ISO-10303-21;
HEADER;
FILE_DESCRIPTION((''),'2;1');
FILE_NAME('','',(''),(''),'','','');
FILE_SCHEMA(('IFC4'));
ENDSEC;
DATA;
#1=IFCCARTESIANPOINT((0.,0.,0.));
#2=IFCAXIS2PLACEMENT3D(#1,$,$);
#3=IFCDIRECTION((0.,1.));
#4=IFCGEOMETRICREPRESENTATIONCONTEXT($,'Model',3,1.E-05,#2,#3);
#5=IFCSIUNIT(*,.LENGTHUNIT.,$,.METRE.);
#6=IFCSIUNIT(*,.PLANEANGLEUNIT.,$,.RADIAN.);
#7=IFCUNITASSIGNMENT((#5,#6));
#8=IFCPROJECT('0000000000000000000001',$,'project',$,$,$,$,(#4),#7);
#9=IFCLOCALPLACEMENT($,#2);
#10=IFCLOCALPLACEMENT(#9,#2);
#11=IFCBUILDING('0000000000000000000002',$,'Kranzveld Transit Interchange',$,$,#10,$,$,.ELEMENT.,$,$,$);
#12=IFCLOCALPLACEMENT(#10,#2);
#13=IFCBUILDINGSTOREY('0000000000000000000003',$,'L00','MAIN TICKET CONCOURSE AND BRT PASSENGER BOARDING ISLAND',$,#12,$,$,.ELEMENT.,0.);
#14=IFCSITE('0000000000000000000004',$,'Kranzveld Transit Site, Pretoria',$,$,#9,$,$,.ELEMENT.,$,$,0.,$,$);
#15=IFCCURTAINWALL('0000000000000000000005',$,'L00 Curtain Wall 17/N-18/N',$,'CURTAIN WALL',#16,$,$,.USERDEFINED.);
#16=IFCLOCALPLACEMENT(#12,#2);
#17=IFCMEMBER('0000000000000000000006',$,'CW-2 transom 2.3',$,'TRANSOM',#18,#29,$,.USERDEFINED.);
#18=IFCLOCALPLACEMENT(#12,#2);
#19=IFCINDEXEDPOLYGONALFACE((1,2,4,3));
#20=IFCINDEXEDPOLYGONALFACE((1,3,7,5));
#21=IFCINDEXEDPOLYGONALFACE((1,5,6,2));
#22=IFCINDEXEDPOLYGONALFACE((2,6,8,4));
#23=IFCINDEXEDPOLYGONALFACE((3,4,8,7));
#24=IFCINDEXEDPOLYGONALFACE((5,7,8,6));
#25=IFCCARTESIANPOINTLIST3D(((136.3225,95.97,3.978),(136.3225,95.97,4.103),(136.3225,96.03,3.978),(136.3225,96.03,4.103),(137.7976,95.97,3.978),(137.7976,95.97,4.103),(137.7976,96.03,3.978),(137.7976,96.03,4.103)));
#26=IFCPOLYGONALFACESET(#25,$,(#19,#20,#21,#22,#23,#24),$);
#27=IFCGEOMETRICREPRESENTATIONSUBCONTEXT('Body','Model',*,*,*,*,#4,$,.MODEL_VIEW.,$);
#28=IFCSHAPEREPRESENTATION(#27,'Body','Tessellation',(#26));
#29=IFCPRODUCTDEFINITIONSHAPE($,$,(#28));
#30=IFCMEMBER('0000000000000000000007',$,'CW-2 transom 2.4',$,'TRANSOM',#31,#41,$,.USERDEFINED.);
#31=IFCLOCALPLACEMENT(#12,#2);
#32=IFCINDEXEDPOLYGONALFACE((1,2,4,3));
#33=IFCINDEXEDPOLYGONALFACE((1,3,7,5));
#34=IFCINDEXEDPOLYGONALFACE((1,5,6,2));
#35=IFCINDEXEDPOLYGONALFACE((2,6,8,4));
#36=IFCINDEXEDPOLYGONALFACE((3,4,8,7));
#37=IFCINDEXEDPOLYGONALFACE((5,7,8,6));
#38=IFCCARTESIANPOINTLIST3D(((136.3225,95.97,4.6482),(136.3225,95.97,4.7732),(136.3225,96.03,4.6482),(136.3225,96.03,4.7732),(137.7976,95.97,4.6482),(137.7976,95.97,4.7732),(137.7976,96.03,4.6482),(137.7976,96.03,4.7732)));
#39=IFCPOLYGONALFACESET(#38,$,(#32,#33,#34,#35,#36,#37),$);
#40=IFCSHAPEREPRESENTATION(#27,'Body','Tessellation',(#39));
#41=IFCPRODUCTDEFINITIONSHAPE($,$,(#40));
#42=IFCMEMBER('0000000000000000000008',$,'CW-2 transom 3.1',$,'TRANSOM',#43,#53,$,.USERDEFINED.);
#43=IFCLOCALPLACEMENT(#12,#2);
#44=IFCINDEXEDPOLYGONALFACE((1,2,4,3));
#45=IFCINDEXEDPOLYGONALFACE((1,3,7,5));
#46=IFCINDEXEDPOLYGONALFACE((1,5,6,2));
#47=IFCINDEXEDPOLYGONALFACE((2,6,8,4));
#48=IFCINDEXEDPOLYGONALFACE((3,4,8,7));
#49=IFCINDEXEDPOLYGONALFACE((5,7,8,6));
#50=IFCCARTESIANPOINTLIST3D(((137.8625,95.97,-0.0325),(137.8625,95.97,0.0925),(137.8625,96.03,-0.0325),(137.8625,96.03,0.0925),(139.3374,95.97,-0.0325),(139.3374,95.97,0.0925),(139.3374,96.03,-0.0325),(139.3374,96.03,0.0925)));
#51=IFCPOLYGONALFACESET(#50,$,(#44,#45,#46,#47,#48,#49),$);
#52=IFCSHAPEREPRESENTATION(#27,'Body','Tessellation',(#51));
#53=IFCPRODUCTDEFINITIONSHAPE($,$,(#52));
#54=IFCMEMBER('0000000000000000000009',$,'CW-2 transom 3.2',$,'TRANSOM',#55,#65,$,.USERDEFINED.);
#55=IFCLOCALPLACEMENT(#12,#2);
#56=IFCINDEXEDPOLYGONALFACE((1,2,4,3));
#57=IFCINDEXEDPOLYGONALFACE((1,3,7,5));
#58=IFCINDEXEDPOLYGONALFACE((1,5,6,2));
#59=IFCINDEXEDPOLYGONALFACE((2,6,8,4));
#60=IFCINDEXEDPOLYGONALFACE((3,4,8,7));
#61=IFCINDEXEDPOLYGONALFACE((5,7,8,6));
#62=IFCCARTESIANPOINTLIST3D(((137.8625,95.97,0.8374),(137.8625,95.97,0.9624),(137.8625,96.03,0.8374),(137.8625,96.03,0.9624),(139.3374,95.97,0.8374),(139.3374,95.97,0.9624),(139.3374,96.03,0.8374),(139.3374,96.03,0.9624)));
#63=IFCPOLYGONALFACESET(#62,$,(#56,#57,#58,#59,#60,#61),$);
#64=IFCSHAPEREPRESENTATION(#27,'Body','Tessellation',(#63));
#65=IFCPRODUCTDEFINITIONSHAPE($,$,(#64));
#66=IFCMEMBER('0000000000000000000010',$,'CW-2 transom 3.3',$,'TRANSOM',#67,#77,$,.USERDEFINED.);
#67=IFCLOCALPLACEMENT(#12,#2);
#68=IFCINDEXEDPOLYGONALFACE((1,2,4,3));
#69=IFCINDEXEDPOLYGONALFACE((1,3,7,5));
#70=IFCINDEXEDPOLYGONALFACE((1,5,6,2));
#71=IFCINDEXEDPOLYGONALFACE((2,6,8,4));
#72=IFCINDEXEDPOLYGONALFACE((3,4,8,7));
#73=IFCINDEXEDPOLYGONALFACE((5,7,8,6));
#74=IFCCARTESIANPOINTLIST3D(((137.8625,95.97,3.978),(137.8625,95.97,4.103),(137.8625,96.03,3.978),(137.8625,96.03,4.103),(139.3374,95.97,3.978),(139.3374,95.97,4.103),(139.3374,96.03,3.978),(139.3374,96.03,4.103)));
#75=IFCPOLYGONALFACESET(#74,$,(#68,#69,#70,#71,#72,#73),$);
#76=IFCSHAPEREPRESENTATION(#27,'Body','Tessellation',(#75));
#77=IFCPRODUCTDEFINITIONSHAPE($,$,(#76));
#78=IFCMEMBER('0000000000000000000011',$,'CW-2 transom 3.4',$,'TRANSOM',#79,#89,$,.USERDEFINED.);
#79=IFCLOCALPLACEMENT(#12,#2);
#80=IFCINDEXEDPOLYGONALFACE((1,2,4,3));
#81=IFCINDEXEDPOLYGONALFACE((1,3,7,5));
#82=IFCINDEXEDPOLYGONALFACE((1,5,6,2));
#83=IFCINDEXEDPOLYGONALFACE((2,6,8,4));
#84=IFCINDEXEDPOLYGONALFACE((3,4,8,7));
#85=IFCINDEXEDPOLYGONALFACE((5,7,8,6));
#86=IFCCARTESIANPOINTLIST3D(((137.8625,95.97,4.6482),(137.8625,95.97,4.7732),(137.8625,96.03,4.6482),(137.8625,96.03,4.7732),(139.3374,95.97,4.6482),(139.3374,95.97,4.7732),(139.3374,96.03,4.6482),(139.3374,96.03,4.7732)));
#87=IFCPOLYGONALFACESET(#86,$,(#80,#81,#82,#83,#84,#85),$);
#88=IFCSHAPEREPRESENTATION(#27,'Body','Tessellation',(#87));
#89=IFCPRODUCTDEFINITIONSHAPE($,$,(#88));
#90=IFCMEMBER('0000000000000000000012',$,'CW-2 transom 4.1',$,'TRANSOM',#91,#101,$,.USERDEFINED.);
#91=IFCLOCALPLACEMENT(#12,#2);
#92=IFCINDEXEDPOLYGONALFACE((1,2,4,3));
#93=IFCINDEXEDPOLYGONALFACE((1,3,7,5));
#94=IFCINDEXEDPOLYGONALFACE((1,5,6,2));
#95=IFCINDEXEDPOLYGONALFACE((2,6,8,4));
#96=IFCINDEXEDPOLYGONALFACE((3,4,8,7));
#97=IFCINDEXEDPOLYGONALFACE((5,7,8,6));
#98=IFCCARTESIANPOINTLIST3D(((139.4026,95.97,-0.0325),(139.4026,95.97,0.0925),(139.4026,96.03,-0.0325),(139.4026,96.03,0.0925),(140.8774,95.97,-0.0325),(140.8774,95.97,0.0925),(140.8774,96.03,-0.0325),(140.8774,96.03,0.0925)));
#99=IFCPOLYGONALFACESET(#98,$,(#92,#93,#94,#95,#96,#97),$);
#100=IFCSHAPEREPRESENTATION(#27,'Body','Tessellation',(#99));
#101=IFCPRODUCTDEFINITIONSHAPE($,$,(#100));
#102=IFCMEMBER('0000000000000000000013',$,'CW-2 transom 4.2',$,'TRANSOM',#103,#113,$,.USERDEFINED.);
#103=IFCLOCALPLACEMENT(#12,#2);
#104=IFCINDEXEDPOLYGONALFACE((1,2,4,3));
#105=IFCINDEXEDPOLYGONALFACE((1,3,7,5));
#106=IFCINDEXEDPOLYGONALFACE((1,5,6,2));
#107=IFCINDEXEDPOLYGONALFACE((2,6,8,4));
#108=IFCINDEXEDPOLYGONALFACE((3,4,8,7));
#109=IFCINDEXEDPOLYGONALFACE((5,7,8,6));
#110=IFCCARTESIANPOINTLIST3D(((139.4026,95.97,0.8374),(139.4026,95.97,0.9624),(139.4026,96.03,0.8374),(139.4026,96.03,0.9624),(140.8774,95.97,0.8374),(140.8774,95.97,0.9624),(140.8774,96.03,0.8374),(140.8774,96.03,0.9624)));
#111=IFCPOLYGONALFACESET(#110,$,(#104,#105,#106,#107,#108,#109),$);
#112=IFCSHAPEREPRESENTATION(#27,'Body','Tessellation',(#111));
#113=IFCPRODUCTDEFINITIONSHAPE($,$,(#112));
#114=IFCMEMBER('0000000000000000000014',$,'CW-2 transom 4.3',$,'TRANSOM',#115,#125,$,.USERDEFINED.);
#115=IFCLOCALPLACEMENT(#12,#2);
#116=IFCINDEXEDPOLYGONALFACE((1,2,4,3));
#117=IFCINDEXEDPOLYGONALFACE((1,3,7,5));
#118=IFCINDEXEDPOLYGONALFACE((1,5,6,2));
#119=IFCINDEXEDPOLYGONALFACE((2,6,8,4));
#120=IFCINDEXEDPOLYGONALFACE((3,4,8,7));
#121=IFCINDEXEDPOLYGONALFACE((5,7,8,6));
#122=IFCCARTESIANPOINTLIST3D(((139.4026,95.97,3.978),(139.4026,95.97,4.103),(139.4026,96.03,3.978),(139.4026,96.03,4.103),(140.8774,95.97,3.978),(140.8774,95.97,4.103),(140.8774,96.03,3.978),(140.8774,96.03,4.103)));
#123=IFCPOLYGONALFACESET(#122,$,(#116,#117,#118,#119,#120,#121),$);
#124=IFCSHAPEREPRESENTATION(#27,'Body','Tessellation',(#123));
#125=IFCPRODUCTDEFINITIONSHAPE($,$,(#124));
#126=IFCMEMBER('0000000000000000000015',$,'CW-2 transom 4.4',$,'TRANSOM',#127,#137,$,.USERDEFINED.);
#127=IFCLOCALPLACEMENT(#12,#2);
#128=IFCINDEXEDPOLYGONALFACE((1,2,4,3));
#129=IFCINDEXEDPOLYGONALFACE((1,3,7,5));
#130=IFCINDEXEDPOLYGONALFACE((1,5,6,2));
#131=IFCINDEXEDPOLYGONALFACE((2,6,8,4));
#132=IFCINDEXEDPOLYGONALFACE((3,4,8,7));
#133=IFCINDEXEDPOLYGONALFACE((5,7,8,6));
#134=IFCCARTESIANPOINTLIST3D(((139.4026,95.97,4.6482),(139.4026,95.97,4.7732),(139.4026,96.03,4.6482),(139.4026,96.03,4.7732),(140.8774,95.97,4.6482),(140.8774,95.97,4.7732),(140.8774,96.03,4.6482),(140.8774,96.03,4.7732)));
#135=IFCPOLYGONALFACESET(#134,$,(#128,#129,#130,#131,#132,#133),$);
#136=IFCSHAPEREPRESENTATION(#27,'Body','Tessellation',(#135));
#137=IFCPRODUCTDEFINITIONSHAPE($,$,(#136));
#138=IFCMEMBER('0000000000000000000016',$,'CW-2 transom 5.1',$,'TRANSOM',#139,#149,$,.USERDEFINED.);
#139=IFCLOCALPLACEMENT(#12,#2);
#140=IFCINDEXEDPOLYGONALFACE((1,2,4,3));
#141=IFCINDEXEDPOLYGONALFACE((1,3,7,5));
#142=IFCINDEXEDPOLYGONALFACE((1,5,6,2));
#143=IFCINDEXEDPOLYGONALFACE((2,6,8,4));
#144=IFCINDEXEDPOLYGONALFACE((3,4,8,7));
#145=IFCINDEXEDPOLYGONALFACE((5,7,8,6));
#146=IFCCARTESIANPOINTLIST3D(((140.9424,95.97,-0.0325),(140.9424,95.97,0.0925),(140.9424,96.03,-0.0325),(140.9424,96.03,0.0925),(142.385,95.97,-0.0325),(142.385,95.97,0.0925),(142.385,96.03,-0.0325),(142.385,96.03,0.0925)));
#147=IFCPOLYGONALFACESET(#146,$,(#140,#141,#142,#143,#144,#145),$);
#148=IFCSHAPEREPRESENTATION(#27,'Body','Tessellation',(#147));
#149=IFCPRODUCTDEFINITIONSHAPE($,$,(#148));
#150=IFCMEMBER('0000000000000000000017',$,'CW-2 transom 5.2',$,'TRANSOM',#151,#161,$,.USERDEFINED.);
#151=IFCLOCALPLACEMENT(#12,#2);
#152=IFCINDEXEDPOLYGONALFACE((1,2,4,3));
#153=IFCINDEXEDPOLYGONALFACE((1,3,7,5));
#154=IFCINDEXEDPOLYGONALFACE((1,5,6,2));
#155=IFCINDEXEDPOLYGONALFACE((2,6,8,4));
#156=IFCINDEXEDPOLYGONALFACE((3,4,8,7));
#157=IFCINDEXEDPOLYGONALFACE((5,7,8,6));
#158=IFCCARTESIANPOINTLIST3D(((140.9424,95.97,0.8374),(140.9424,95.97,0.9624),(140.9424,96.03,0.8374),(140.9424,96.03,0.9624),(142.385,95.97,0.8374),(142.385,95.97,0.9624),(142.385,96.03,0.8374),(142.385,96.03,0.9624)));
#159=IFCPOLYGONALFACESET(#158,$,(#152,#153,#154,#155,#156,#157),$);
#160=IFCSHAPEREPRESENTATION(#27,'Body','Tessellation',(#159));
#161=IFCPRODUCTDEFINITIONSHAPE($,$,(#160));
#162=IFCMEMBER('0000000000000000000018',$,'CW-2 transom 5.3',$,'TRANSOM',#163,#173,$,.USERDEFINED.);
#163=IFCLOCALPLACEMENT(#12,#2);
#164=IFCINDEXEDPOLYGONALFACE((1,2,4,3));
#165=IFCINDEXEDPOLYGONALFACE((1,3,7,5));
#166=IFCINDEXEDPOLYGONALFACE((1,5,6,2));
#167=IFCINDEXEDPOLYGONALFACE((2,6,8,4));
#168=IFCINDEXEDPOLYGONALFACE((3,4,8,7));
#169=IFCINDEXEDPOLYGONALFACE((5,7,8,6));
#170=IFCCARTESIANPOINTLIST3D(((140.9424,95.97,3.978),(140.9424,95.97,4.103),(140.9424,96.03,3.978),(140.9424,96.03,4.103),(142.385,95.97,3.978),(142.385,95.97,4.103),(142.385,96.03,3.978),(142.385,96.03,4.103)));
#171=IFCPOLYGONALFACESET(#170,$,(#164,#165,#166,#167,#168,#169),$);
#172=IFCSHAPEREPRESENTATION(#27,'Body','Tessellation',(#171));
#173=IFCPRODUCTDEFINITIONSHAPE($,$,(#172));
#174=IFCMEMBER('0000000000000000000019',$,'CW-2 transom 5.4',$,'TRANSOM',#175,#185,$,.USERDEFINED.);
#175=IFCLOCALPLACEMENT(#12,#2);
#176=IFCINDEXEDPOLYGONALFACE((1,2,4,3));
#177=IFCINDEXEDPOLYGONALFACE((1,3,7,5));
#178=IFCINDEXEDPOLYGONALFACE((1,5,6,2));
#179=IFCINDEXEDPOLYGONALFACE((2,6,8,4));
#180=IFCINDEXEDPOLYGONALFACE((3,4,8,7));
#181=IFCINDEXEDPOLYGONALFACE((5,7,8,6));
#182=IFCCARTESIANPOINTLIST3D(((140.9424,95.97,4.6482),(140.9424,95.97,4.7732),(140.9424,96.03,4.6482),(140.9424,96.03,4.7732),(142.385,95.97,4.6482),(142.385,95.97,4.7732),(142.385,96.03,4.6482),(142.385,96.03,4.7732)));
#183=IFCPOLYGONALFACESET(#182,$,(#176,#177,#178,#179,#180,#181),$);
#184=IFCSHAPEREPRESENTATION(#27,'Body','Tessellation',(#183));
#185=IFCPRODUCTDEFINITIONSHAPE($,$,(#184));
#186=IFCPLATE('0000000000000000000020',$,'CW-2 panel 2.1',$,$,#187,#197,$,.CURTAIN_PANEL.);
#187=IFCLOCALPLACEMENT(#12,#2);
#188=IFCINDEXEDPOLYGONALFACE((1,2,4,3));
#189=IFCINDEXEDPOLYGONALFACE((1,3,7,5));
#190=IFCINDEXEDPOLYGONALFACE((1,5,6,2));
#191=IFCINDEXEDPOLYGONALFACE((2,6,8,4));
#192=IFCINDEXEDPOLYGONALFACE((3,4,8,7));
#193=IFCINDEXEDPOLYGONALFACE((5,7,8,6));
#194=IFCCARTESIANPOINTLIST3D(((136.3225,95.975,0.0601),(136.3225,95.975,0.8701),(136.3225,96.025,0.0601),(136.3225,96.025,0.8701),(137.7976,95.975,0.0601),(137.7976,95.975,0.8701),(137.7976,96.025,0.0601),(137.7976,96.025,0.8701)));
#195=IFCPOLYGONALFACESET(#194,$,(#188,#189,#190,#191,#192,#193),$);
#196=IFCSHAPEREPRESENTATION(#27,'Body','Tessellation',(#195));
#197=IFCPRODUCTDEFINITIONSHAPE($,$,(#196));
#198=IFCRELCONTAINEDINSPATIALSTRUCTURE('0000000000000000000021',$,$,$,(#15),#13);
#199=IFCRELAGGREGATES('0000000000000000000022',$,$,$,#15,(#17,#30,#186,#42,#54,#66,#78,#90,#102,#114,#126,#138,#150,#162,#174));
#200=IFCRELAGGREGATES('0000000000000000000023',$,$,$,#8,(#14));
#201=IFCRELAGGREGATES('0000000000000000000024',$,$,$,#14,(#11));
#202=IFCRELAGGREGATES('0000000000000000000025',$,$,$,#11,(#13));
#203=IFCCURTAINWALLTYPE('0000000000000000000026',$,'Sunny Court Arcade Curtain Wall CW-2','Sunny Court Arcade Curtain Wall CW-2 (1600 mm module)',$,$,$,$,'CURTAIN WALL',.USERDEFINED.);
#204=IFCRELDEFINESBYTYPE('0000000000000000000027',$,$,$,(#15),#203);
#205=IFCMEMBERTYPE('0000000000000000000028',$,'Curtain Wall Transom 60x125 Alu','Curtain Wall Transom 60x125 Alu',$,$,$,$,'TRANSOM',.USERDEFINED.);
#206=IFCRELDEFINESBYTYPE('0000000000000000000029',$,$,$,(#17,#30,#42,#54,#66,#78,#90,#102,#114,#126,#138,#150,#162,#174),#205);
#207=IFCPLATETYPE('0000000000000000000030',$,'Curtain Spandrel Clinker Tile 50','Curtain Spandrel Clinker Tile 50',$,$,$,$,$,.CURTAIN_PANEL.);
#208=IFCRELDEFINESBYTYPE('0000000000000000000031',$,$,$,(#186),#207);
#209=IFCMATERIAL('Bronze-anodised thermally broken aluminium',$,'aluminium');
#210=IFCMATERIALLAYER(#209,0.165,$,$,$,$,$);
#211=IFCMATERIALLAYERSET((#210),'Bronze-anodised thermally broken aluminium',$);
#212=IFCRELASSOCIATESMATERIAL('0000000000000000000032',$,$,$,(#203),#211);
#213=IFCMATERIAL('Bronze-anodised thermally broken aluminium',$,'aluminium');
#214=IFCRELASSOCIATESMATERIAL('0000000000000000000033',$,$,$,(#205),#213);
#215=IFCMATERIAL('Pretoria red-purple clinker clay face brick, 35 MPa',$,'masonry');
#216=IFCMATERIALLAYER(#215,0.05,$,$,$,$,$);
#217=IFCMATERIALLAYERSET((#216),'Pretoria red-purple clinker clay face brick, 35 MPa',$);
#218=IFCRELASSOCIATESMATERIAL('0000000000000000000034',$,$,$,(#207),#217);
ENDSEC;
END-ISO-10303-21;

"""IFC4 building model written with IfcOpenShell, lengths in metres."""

from ifc_helpers import new_model, si_unit, direction, frame, origin, origin_2d, place, context, subcontext, project, spatial, rectangle, extrude, material, layer, layer_set, material_profile, profile_set, type_object, element, aggregate, save


model = new_model("IFC4")

# Units and contexts
model_context = context("Model", 3, precision=1e-05, world=origin(), true_north=direction((0.0, 1.0)))
body_context = subcontext(model_context, "Body", "Model", "MODEL_VIEW")
ifc_project = project(units=[si_unit("LENGTHUNIT", "METRE"), si_unit("PLANEANGLEUNIT", "RADIAN")], contexts=[model_context])

# Site, building, storey
site_placement = place(None, origin())
site = spatial("IfcSite", under=ifc_project, at=site_placement, Name="Kranzveld Transit Site, Pretoria", CompositionType="ELEMENT", RefElevation=0.0)
building_placement = place(site_placement, origin())
building = spatial("IfcBuilding", under=site, at=building_placement, Name="Kranzveld Transit Interchange", CompositionType="ELEMENT")
storey_placement = place(building_placement, origin())
storey = spatial("IfcBuildingStorey", under=building, at=storey_placement, Name="L00", Description="MAIN TICKET CONCOURSE AND BRT PASSENGER BOARDING ISLAND", CompositionType="ELEMENT", Elevation=0.0)

# Curtain wall, members, plate
ifc_material_1 = material(Name="Bronze-anodised thermally broken aluminium", Category="aluminium")
ifc_layer_1 = layer(ifc_material_1, 0.165)
ifc_layer_set_1 = layer_set([ifc_layer_1], Name="Bronze-anodised thermally broken aluminium")
curtain_wall_type = type_object("IfcCurtainWallType", Name="Sunny Court Arcade Curtain Wall CW-2", Description="Sunny Court Arcade Curtain Wall CW-2 (1600 mm module)", ElementType="CURTAIN WALL", PredefinedType="USERDEFINED", material=ifc_layer_set_1)
curtain_wall_placement = place(storey_placement, origin())
curtain_wall = element("IfcCurtainWall", 1, at=curtain_wall_placement, inside=storey, type_object=curtain_wall_type, Name="L00 Curtain Wall 17/N-18/N", ObjectType="CURTAIN WALL", PredefinedType="USERDEFINED")
ifc_material_2 = material(Name="Bronze-anodised thermally broken aluminium", Category="aluminium")
ifc_material_profile_1 = material_profile(ifc_material_2, rectangle(XDim=0.0601, YDim=0.125, at=origin_2d()), Name="ALU TRANSOM 60x125")
ifc_profile_set_1 = profile_set([ifc_material_profile_1], Name="Bronze-anodised thermally broken aluminium")
member_type_1 = type_object("IfcMemberType", Name="Curtain Wall Transom 60x125 Alu", Description="Curtain Wall Transom 60x125 Alu", ElementType="TRANSOM", PredefinedType="USERDEFINED", material=ifc_profile_set_1)
member_1_placement = place(storey_placement, frame((136.3225, 96.0, 4.0405), z_axis=(1.0, 0.0, 0.0), x_axis=(0.0, 1.0, 0.0)))
member_1 = element("IfcMember", 2, at=member_1_placement, type_object=member_type_1, Name="CW-2 transom 2.3", ObjectType="TRANSOM", PredefinedType="USERDEFINED", context=body_context, shape_type="SweptSolid", body=[
    extrude(rectangle(XDim=0.0601, YDim=0.125, at=origin_2d()), origin(), (0.0, 0.0, 1.0), 1.4751),
])
member_2_placement = place(storey_placement, frame((136.3225, 96.0, 4.7107), z_axis=(1.0, 0.0, 0.0), x_axis=(0.0, 1.0, 0.0)))
member_2 = element("IfcMember", 3, at=member_2_placement, type_object=member_type_1, Name="CW-2 transom 2.4", ObjectType="TRANSOM", PredefinedType="USERDEFINED", context=body_context, shape_type="SweptSolid", body=[
    extrude(rectangle(XDim=0.0601, YDim=0.125, at=origin_2d()), origin(), (0.0, 0.0, 1.0), 1.4751),
])
member_3_placement = place(storey_placement, frame((137.8625, 96.0, 0.03), z_axis=(1.0, 0.0, 0.0), x_axis=(0.0, 1.0, 0.0)))
member_3 = element("IfcMember", 4, at=member_3_placement, type_object=member_type_1, Name="CW-2 transom 3.1", ObjectType="TRANSOM", PredefinedType="USERDEFINED", context=body_context, shape_type="SweptSolid", body=[
    extrude(rectangle(XDim=0.0601, YDim=0.125, at=origin_2d()), origin(), (0.0, 0.0, 1.0), 1.4749),
])
member_4_placement = place(storey_placement, frame((137.8625, 96.0, 0.8999), z_axis=(1.0, 0.0, 0.0), x_axis=(0.0, 1.0, 0.0)))
member_4 = element("IfcMember", 5, at=member_4_placement, type_object=member_type_1, Name="CW-2 transom 3.2", ObjectType="TRANSOM", PredefinedType="USERDEFINED", context=body_context, shape_type="SweptSolid", body=[
    extrude(rectangle(XDim=0.0601, YDim=0.125, at=origin_2d()), origin(), (0.0, 0.0, 1.0), 1.4749),
])
member_5_placement = place(storey_placement, frame((137.8625, 96.0, 4.0405), z_axis=(1.0, 0.0, 0.0), x_axis=(0.0, 1.0, 0.0)))
member_5 = element("IfcMember", 6, at=member_5_placement, type_object=member_type_1, Name="CW-2 transom 3.3", ObjectType="TRANSOM", PredefinedType="USERDEFINED", context=body_context, shape_type="SweptSolid", body=[
    extrude(rectangle(XDim=0.0601, YDim=0.125, at=origin_2d()), origin(), (0.0, 0.0, 1.0), 1.4749),
])
member_6_placement = place(storey_placement, frame((137.8625, 96.0, 4.7107), z_axis=(1.0, 0.0, 0.0), x_axis=(0.0, 1.0, 0.0)))
member_6 = element("IfcMember", 7, at=member_6_placement, type_object=member_type_1, Name="CW-2 transom 3.4", ObjectType="TRANSOM", PredefinedType="USERDEFINED", context=body_context, shape_type="SweptSolid", body=[
    extrude(rectangle(XDim=0.0601, YDim=0.125, at=origin_2d()), origin(), (0.0, 0.0, 1.0), 1.4749),
])
member_7_placement = place(storey_placement, frame((139.4026, 96.0, 0.03), z_axis=(1.0, 0.0, 0.0), x_axis=(0.0, 1.0, 0.0)))
member_7 = element("IfcMember", 8, at=member_7_placement, type_object=member_type_1, Name="CW-2 transom 4.1", ObjectType="TRANSOM", PredefinedType="USERDEFINED", context=body_context, shape_type="SweptSolid", body=[
    extrude(rectangle(XDim=0.0601, YDim=0.125, at=origin_2d()), origin(), (0.0, 0.0, 1.0), 1.4749),
])
member_8_placement = place(storey_placement, frame((139.4026, 96.0, 0.8999), z_axis=(1.0, 0.0, 0.0), x_axis=(0.0, 1.0, 0.0)))
member_8 = element("IfcMember", 9, at=member_8_placement, type_object=member_type_1, Name="CW-2 transom 4.2", ObjectType="TRANSOM", PredefinedType="USERDEFINED", context=body_context, shape_type="SweptSolid", body=[
    extrude(rectangle(XDim=0.0601, YDim=0.125, at=origin_2d()), origin(), (0.0, 0.0, 1.0), 1.4749),
])
member_9_placement = place(storey_placement, frame((139.4026, 96.0, 4.0405), z_axis=(1.0, 0.0, 0.0), x_axis=(0.0, 1.0, 0.0)))
member_9 = element("IfcMember", 10, at=member_9_placement, type_object=member_type_1, Name="CW-2 transom 4.3", ObjectType="TRANSOM", PredefinedType="USERDEFINED", context=body_context, shape_type="SweptSolid", body=[
    extrude(rectangle(XDim=0.0601, YDim=0.125, at=origin_2d()), origin(), (0.0, 0.0, 1.0), 1.4749),
])
member_10_placement = place(storey_placement, frame((139.4026, 96.0, 4.7107), z_axis=(1.0, 0.0, 0.0), x_axis=(0.0, 1.0, 0.0)))
member_10 = element("IfcMember", 11, at=member_10_placement, type_object=member_type_1, Name="CW-2 transom 4.4", ObjectType="TRANSOM", PredefinedType="USERDEFINED", context=body_context, shape_type="SweptSolid", body=[
    extrude(rectangle(XDim=0.0601, YDim=0.125, at=origin_2d()), origin(), (0.0, 0.0, 1.0), 1.4749),
])
member_11_placement = place(storey_placement, frame((140.9424, 96.0, 0.03), z_axis=(1.0, 0.0, 0.0), x_axis=(0.0, 1.0, 0.0)))
member_11 = element("IfcMember", 12, at=member_11_placement, type_object=member_type_1, Name="CW-2 transom 5.1", ObjectType="TRANSOM", PredefinedType="USERDEFINED", context=body_context, shape_type="SweptSolid", body=[
    extrude(rectangle(XDim=0.0601, YDim=0.125, at=origin_2d()), origin(), (0.0, 0.0, 1.0), 1.4426),
])
member_12_placement = place(storey_placement, frame((140.9424, 96.0, 0.8999), z_axis=(1.0, 0.0, 0.0), x_axis=(0.0, 1.0, 0.0)))
member_12 = element("IfcMember", 13, at=member_12_placement, type_object=member_type_1, Name="CW-2 transom 5.2", ObjectType="TRANSOM", PredefinedType="USERDEFINED", context=body_context, shape_type="SweptSolid", body=[
    extrude(rectangle(XDim=0.0601, YDim=0.125, at=origin_2d()), origin(), (0.0, 0.0, 1.0), 1.4426),
])
member_13_placement = place(storey_placement, frame((140.9424, 96.0, 4.0405), z_axis=(1.0, 0.0, 0.0), x_axis=(0.0, 1.0, 0.0)))
member_13 = element("IfcMember", 14, at=member_13_placement, type_object=member_type_1, Name="CW-2 transom 5.3", ObjectType="TRANSOM", PredefinedType="USERDEFINED", context=body_context, shape_type="SweptSolid", body=[
    extrude(rectangle(XDim=0.0601, YDim=0.125, at=origin_2d()), origin(), (0.0, 0.0, 1.0), 1.4426),
])
member_14_placement = place(storey_placement, frame((140.9424, 96.0, 4.7107), z_axis=(1.0, 0.0, 0.0), x_axis=(0.0, 1.0, 0.0)))
member_14 = element("IfcMember", 15, at=member_14_placement, type_object=member_type_1, Name="CW-2 transom 5.4", ObjectType="TRANSOM", PredefinedType="USERDEFINED", context=body_context, shape_type="SweptSolid", body=[
    extrude(rectangle(XDim=0.0601, YDim=0.125, at=origin_2d()), origin(), (0.0, 0.0, 1.0), 1.4426),
])
ifc_material_3 = material(Name="Pretoria red-purple clinker clay face brick, 35 MPa", Category="masonry")
ifc_layer_2 = layer(ifc_material_3, 0.05)
ifc_layer_set_2 = layer_set([ifc_layer_2], Name="Pretoria red-purple clinker clay face brick, 35 MPa")
plate_type = type_object("IfcPlateType", Name="Curtain Spandrel Clinker Tile 50", Description="Curtain Spandrel Clinker Tile 50", PredefinedType="CURTAIN_PANEL", material=ifc_layer_set_2)
plate_1_placement = place(storey_placement, frame((137.0601, 96.0, 0.0601), z_axis=(0.0, 0.0, 1.0), x_axis=(1.0, 0.0, 0.0)))
plate_1 = element("IfcPlate", 16, at=plate_1_placement, type_object=plate_type, Name="CW-2 panel 2.1", PredefinedType="CURTAIN_PANEL", context=body_context, shape_type="SweptSolid", body=[
    extrude(rectangle(XDim=1.4751, YDim=0.05, at=origin_2d()), origin(), (0.0, 0.0, 1.0), 0.8101),
])
aggregate(curtain_wall, [member_1, member_2, plate_1, member_3, member_4, member_5, member_6, member_7, member_8, member_9, member_10, member_11, member_12, member_13, member_14])

save(model, "model.ifc")
